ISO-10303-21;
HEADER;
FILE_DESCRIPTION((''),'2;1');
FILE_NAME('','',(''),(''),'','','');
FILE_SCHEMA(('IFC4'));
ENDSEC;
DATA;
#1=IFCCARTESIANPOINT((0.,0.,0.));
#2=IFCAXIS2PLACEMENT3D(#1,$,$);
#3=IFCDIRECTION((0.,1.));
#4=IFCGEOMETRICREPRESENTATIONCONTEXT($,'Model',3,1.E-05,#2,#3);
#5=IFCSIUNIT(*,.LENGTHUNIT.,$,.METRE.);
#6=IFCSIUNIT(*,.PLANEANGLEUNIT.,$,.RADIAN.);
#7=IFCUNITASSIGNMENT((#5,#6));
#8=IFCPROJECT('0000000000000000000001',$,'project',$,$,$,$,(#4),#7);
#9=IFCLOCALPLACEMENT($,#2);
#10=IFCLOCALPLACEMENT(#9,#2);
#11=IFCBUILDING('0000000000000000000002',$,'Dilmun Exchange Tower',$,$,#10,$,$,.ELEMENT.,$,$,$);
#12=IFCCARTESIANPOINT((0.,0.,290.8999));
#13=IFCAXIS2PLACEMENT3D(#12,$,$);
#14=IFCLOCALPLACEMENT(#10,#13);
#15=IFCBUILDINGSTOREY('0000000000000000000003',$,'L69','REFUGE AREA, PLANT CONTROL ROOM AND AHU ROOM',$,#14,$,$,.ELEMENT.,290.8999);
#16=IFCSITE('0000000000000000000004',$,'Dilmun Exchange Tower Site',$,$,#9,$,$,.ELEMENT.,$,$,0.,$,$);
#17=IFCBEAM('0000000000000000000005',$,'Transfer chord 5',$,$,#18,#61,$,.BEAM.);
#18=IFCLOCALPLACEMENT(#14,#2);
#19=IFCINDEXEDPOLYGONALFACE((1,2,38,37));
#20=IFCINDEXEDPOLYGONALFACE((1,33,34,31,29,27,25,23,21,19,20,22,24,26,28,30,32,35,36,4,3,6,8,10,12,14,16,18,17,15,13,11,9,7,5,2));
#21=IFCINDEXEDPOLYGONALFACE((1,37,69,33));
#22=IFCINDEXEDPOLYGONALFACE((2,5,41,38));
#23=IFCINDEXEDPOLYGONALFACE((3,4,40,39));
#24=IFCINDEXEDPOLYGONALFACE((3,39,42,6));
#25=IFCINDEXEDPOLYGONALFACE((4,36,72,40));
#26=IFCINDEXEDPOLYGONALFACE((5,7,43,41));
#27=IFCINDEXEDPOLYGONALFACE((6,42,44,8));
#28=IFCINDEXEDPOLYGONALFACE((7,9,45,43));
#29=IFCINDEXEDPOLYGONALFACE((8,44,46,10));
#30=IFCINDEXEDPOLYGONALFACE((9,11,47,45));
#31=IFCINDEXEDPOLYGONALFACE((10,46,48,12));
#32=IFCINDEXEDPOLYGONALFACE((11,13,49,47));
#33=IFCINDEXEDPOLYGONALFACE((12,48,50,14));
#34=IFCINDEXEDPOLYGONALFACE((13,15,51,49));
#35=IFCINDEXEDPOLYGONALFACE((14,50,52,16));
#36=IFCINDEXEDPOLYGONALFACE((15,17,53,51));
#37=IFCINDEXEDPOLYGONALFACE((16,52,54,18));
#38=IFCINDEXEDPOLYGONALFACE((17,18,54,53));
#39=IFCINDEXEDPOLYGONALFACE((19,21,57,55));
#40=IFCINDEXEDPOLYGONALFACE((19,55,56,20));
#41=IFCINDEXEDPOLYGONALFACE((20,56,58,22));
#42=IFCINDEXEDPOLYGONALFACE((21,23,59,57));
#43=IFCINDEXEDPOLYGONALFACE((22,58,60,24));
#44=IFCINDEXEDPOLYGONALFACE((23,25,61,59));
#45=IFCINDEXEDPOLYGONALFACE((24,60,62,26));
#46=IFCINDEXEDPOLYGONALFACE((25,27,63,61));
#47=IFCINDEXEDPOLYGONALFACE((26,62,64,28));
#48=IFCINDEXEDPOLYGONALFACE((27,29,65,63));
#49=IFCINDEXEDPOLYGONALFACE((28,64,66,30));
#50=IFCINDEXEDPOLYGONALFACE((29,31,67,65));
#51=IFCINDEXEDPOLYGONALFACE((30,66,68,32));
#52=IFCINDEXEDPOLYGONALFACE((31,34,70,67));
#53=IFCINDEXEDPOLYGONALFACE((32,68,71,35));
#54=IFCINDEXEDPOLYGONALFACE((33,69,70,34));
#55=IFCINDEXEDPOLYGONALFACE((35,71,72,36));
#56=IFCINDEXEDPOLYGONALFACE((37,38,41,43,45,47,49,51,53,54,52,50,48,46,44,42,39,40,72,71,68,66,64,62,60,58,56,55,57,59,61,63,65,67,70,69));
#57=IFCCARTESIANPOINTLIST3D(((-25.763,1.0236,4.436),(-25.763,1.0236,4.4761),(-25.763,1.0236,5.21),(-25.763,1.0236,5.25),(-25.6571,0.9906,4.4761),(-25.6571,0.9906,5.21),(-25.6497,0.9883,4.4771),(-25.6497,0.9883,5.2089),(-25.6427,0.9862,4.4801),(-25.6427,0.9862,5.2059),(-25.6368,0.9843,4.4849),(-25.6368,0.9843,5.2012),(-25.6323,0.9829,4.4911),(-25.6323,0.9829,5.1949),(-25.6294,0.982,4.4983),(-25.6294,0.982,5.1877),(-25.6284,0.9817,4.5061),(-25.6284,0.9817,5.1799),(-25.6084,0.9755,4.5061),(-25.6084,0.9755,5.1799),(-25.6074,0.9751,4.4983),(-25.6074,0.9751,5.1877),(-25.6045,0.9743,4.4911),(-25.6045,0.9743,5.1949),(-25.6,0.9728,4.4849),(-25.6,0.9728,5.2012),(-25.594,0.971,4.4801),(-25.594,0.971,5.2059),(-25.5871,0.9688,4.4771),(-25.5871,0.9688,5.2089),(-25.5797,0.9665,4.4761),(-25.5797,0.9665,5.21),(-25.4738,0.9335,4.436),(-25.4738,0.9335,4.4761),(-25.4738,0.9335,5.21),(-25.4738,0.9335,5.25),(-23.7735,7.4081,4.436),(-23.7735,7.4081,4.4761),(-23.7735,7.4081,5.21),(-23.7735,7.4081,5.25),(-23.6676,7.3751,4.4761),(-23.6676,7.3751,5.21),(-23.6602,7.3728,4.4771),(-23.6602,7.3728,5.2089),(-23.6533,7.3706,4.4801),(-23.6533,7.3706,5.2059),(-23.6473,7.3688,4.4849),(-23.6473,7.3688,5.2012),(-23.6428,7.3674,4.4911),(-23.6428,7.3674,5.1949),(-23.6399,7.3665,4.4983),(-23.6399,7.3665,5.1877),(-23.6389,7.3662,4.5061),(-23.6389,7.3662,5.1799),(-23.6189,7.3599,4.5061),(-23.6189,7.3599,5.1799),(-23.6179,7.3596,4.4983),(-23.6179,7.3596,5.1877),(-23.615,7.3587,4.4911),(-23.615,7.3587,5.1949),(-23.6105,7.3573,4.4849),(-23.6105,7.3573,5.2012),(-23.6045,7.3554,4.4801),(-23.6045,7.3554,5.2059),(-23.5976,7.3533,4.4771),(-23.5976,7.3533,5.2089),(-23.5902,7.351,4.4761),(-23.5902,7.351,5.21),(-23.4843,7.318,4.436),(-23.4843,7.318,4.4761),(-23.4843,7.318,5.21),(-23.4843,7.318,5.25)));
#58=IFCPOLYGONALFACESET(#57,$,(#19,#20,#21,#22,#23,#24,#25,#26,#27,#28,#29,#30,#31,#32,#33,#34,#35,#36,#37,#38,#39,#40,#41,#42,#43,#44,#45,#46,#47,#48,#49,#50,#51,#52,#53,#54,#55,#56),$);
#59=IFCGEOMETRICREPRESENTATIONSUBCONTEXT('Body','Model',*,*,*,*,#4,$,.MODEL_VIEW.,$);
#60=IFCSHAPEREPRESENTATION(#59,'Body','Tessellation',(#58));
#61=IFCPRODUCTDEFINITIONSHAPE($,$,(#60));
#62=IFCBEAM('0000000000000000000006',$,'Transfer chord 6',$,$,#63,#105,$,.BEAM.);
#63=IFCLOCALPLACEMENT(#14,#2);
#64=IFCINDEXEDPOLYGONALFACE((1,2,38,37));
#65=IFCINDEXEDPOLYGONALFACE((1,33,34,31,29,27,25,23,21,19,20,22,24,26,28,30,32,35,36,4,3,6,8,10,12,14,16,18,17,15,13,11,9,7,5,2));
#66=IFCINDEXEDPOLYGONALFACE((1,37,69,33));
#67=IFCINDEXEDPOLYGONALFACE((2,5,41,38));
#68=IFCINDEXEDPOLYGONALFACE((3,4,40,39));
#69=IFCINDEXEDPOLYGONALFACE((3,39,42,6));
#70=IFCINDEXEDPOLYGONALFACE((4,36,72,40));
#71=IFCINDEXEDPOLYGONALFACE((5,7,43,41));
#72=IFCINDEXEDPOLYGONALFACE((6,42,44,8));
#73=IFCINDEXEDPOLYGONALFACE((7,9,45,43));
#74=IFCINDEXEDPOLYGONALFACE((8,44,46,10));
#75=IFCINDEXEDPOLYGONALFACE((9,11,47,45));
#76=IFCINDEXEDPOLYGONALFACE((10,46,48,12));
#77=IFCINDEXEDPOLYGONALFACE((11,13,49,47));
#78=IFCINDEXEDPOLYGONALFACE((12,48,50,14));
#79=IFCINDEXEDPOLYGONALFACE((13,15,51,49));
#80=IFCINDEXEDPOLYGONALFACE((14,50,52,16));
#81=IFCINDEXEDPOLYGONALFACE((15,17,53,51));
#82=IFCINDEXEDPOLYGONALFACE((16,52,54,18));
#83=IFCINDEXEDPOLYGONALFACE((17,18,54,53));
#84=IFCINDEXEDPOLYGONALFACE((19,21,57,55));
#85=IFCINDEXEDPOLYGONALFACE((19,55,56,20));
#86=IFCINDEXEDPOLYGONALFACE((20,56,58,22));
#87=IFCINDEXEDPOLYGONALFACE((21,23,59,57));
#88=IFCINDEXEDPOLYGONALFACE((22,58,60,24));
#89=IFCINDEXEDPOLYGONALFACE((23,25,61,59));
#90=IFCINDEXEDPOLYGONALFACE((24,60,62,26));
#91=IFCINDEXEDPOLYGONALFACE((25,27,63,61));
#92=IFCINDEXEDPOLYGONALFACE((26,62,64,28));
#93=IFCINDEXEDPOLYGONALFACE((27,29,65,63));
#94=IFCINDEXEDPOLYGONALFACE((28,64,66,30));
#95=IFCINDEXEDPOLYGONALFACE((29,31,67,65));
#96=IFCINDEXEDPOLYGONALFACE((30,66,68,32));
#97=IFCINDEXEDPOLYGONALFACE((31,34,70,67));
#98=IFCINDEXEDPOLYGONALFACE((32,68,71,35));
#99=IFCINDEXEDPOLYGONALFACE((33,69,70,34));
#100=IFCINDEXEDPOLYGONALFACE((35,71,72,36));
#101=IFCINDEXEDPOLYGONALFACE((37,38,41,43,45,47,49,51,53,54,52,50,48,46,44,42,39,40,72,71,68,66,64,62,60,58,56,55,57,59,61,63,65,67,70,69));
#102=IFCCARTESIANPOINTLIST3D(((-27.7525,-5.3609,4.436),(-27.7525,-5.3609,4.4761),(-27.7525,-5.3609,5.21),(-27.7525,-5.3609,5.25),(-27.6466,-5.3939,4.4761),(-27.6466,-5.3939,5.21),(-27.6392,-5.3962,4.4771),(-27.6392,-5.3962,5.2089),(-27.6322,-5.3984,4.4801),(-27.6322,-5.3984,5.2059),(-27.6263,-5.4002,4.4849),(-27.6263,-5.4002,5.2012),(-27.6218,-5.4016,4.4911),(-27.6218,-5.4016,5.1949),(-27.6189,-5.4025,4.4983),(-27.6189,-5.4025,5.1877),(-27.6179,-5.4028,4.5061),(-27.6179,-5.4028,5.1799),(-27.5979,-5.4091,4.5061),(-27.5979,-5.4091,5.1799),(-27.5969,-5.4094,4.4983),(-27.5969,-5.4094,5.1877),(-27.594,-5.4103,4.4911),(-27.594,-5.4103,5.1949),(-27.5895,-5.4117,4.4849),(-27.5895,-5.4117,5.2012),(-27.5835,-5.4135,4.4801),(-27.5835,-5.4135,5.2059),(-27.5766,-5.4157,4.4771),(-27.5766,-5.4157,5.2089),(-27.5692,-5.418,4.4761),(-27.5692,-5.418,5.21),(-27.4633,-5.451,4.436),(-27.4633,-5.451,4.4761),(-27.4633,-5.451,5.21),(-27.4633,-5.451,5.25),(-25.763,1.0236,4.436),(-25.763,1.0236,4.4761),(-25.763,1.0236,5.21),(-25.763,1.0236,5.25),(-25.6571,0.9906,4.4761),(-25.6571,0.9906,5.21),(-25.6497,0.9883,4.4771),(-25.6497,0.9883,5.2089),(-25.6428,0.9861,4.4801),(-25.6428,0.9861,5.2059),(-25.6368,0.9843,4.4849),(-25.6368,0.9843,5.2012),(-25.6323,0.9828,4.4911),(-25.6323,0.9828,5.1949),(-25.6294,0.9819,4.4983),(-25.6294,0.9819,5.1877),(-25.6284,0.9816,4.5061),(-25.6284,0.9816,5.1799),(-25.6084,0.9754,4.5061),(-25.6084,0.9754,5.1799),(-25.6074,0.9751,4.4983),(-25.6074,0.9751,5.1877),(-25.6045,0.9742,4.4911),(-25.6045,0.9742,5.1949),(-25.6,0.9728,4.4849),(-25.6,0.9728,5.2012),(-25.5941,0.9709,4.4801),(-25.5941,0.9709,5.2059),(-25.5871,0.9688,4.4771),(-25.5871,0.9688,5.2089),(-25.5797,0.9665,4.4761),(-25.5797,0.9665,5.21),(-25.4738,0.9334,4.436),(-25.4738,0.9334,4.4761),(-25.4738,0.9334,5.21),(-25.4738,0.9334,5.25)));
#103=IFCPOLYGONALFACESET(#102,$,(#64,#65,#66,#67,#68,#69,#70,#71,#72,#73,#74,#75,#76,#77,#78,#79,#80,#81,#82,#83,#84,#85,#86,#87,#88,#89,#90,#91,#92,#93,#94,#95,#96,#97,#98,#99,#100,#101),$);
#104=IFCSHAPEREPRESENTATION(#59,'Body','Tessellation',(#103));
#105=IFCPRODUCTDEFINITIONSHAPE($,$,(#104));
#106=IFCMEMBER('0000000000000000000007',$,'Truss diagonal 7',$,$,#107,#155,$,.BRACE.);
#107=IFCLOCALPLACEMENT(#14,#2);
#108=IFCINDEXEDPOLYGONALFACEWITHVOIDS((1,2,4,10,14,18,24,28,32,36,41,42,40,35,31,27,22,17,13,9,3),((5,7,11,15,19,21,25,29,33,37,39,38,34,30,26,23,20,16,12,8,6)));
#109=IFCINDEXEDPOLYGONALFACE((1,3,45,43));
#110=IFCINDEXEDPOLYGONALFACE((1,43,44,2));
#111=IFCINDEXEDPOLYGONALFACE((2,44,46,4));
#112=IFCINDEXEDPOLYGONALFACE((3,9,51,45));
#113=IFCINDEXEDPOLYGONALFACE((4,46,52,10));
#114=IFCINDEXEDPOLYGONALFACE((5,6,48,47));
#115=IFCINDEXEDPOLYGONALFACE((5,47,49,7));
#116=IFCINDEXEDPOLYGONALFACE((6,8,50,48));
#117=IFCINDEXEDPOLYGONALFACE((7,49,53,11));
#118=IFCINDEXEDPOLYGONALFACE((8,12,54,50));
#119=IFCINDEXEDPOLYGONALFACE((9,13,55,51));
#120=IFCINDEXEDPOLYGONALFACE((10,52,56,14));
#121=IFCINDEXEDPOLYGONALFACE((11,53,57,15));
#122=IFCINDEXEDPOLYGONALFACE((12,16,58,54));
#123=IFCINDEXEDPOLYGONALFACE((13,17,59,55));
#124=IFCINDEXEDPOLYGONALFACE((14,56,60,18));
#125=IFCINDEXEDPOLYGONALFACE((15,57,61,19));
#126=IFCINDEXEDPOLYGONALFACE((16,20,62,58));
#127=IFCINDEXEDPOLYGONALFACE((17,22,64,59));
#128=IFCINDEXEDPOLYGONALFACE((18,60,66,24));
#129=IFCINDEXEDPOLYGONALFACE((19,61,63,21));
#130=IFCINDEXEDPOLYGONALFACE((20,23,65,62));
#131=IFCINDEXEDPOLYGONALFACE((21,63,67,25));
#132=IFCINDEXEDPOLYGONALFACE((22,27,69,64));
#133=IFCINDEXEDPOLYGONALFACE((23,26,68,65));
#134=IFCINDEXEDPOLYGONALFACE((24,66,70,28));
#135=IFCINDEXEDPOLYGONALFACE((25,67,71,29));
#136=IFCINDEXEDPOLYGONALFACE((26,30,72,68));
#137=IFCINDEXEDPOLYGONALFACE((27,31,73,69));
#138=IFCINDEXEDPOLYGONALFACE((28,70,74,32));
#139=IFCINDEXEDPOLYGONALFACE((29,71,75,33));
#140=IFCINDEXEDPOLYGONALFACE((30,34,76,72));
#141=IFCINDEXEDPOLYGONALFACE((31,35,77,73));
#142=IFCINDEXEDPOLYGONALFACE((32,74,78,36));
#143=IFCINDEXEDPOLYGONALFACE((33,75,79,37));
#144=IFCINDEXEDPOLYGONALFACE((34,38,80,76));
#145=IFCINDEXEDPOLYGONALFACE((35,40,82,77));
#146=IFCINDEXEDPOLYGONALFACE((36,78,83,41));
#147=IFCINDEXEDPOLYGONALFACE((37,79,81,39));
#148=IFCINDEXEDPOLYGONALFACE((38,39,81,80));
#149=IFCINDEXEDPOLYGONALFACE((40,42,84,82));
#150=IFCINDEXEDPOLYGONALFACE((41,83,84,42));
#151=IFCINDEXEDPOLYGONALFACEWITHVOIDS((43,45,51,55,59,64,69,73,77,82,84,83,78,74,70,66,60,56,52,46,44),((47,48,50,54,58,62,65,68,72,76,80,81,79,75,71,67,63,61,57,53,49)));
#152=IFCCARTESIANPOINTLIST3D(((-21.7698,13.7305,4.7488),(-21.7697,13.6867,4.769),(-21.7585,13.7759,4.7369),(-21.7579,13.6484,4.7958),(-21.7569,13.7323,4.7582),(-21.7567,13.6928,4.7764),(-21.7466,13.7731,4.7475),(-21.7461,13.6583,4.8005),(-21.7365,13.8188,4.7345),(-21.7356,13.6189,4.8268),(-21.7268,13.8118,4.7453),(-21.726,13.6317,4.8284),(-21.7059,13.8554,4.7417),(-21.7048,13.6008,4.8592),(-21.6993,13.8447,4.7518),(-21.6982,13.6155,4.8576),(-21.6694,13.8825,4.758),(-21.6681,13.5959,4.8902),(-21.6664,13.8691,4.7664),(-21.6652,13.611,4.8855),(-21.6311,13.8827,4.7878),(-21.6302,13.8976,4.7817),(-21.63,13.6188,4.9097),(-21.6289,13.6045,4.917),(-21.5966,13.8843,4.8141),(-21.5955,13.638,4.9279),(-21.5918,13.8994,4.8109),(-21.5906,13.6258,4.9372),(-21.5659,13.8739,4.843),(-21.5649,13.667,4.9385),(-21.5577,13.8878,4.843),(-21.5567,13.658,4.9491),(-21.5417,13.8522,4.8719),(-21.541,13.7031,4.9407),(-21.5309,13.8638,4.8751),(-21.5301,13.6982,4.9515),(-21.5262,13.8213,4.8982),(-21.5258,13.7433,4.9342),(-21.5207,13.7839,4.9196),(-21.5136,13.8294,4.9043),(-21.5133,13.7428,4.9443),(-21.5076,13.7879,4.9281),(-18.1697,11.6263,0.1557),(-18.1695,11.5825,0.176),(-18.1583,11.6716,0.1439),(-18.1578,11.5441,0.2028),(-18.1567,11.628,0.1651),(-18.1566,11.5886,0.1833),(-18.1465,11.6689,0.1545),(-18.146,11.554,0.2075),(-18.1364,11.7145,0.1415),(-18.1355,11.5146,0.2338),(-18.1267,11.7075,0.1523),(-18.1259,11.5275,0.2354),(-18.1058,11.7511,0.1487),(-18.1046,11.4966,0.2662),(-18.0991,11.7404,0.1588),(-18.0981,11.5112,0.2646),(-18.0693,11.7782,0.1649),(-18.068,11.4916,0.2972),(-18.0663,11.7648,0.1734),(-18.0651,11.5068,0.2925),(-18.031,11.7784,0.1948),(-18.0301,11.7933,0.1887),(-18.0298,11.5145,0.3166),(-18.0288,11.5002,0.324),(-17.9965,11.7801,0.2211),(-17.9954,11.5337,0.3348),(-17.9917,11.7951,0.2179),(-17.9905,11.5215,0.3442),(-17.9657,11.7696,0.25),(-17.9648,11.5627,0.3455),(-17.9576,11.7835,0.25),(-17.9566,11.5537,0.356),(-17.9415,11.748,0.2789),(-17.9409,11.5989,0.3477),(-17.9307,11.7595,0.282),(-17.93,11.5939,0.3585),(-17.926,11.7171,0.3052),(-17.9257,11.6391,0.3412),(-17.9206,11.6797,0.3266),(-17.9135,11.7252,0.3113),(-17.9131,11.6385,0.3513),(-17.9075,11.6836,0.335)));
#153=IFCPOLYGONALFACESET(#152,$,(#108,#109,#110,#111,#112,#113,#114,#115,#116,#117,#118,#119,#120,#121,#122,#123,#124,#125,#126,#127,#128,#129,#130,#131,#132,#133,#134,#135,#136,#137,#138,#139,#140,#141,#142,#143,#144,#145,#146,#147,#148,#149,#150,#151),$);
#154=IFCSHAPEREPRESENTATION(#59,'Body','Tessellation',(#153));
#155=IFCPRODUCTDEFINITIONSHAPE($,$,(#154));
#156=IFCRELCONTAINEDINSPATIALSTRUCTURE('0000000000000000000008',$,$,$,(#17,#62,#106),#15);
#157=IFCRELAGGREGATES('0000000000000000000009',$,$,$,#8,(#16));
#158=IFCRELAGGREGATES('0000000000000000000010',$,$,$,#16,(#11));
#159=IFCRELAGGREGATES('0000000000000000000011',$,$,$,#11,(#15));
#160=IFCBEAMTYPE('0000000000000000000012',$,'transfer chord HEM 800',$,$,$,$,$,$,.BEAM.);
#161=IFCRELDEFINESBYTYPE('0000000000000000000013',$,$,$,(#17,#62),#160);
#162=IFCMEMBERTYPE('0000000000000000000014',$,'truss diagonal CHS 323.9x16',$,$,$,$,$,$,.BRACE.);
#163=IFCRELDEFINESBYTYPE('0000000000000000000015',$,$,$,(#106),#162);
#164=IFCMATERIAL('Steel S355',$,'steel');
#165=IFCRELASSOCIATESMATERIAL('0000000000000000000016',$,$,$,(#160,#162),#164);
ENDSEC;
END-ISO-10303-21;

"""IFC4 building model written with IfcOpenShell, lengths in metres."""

from ifc_helpers import new_model, si_unit, direction, frame, origin, origin_2d, place, context, subcontext, project, spatial, hollow_circle, i_section, extrude, material, material_profile, profile_set, type_object, element, save


model = new_model("IFC4")

# Units and contexts
model_context = context("Model", 3, precision=1e-05, world=origin(), true_north=direction((0.0, 1.0)))
body_context = subcontext(model_context, "Body", "Model", "MODEL_VIEW")
ifc_project = project(units=[si_unit("LENGTHUNIT", "METRE"), si_unit("PLANEANGLEUNIT", "RADIAN")], contexts=[model_context])

# Site, building, storey
site_placement = place(None, origin())
site = spatial("IfcSite", under=ifc_project, at=site_placement, Name="Dilmun Exchange Tower Site", CompositionType="ELEMENT", RefElevation=0.0)
building_placement = place(site_placement, origin())
building = spatial("IfcBuilding", under=site, at=building_placement, Name="Dilmun Exchange Tower", CompositionType="ELEMENT")
storey_placement = place(building_placement, frame((0.0, 0.0, 290.8999)))
storey = spatial("IfcBuildingStorey", under=building, at=storey_placement, Name="L69", Description="REFUGE AREA, PLANT CONTROL ROOM AND AHU ROOM", CompositionType="ELEMENT", Elevation=290.8999)

# Beams
ifc_material_1 = material(Name="Steel S355", Category="steel")
ifc_material_profile_1 = material_profile(ifc_material_1, i_section(OverallWidth=0.303, OverallDepth=0.814, WebThickness=0.021, FlangeThickness=0.04, FilletRadius=0.03, at=origin_2d()), Name="HEM 800")
ifc_profile_set_1 = profile_set([ifc_material_profile_1], Name="Steel S355")
beam_type_1 = type_object("IfcBeamType", Name="transfer chord HEM 800", PredefinedType="BEAM", material=ifc_profile_set_1)
for number, where, z_axis, x_axis, name in (
    (1, (-23.6289, 7.363, 4.843), (-0.297504, -0.954721, 0.0), (0.954721, -0.297504, 0.0), "Transfer chord 5"),
    (2, (-25.6184, 0.9785, 4.843), (-0.297504, -0.954721, 0.0), (0.954721, -0.297504, 0.0), "Transfer chord 6"),
):
    element("IfcBeam", number, at=place(storey_placement, frame(where, z_axis=z_axis, x_axis=x_axis)), inside=storey, type_object=beam_type_1, Name=name, PredefinedType="BEAM", context=body_context, shape_type="SweptSolid", body=[
        extrude(i_section(OverallWidth=0.303, OverallDepth=0.814, WebThickness=0.021, FlangeThickness=0.04, FilletRadius=0.03, at=origin_2d()), origin(), (0.0, 0.0, 1.0), 6.6873),
    ])

# Member
ifc_material_profile_2 = material_profile(ifc_material_1, hollow_circle(Radius=0.1619, WallThickness=0.0161, at=origin_2d()), Name="CHS 323.9x16")
ifc_profile_set_2 = profile_set([ifc_material_profile_2], Name="Steel S355")
member_type = type_object("IfcMemberType", Name="truss diagonal CHS 323.9x16", PredefinedType="BRACE", material=ifc_profile_set_2)
member_1_placement = place(storey_placement, frame((-21.6394, 13.748, 4.843), z_axis=(0.580326, -0.339199, -0.740382), x_axis=(0.504621, 0.863341, 0.0)))
element("IfcMember", 3, at=member_1_placement, inside=storey, type_object=member_type, Name="Truss diagonal 7", PredefinedType="BRACE", context=body_context, shape_type="SweptSolid", body=[
    extrude(hollow_circle(Radius=0.1619, WallThickness=0.0161, at=origin_2d()), origin(), (0.0, 0.0, 1.0), 6.2036),
])

save(model, "model.ifc")
